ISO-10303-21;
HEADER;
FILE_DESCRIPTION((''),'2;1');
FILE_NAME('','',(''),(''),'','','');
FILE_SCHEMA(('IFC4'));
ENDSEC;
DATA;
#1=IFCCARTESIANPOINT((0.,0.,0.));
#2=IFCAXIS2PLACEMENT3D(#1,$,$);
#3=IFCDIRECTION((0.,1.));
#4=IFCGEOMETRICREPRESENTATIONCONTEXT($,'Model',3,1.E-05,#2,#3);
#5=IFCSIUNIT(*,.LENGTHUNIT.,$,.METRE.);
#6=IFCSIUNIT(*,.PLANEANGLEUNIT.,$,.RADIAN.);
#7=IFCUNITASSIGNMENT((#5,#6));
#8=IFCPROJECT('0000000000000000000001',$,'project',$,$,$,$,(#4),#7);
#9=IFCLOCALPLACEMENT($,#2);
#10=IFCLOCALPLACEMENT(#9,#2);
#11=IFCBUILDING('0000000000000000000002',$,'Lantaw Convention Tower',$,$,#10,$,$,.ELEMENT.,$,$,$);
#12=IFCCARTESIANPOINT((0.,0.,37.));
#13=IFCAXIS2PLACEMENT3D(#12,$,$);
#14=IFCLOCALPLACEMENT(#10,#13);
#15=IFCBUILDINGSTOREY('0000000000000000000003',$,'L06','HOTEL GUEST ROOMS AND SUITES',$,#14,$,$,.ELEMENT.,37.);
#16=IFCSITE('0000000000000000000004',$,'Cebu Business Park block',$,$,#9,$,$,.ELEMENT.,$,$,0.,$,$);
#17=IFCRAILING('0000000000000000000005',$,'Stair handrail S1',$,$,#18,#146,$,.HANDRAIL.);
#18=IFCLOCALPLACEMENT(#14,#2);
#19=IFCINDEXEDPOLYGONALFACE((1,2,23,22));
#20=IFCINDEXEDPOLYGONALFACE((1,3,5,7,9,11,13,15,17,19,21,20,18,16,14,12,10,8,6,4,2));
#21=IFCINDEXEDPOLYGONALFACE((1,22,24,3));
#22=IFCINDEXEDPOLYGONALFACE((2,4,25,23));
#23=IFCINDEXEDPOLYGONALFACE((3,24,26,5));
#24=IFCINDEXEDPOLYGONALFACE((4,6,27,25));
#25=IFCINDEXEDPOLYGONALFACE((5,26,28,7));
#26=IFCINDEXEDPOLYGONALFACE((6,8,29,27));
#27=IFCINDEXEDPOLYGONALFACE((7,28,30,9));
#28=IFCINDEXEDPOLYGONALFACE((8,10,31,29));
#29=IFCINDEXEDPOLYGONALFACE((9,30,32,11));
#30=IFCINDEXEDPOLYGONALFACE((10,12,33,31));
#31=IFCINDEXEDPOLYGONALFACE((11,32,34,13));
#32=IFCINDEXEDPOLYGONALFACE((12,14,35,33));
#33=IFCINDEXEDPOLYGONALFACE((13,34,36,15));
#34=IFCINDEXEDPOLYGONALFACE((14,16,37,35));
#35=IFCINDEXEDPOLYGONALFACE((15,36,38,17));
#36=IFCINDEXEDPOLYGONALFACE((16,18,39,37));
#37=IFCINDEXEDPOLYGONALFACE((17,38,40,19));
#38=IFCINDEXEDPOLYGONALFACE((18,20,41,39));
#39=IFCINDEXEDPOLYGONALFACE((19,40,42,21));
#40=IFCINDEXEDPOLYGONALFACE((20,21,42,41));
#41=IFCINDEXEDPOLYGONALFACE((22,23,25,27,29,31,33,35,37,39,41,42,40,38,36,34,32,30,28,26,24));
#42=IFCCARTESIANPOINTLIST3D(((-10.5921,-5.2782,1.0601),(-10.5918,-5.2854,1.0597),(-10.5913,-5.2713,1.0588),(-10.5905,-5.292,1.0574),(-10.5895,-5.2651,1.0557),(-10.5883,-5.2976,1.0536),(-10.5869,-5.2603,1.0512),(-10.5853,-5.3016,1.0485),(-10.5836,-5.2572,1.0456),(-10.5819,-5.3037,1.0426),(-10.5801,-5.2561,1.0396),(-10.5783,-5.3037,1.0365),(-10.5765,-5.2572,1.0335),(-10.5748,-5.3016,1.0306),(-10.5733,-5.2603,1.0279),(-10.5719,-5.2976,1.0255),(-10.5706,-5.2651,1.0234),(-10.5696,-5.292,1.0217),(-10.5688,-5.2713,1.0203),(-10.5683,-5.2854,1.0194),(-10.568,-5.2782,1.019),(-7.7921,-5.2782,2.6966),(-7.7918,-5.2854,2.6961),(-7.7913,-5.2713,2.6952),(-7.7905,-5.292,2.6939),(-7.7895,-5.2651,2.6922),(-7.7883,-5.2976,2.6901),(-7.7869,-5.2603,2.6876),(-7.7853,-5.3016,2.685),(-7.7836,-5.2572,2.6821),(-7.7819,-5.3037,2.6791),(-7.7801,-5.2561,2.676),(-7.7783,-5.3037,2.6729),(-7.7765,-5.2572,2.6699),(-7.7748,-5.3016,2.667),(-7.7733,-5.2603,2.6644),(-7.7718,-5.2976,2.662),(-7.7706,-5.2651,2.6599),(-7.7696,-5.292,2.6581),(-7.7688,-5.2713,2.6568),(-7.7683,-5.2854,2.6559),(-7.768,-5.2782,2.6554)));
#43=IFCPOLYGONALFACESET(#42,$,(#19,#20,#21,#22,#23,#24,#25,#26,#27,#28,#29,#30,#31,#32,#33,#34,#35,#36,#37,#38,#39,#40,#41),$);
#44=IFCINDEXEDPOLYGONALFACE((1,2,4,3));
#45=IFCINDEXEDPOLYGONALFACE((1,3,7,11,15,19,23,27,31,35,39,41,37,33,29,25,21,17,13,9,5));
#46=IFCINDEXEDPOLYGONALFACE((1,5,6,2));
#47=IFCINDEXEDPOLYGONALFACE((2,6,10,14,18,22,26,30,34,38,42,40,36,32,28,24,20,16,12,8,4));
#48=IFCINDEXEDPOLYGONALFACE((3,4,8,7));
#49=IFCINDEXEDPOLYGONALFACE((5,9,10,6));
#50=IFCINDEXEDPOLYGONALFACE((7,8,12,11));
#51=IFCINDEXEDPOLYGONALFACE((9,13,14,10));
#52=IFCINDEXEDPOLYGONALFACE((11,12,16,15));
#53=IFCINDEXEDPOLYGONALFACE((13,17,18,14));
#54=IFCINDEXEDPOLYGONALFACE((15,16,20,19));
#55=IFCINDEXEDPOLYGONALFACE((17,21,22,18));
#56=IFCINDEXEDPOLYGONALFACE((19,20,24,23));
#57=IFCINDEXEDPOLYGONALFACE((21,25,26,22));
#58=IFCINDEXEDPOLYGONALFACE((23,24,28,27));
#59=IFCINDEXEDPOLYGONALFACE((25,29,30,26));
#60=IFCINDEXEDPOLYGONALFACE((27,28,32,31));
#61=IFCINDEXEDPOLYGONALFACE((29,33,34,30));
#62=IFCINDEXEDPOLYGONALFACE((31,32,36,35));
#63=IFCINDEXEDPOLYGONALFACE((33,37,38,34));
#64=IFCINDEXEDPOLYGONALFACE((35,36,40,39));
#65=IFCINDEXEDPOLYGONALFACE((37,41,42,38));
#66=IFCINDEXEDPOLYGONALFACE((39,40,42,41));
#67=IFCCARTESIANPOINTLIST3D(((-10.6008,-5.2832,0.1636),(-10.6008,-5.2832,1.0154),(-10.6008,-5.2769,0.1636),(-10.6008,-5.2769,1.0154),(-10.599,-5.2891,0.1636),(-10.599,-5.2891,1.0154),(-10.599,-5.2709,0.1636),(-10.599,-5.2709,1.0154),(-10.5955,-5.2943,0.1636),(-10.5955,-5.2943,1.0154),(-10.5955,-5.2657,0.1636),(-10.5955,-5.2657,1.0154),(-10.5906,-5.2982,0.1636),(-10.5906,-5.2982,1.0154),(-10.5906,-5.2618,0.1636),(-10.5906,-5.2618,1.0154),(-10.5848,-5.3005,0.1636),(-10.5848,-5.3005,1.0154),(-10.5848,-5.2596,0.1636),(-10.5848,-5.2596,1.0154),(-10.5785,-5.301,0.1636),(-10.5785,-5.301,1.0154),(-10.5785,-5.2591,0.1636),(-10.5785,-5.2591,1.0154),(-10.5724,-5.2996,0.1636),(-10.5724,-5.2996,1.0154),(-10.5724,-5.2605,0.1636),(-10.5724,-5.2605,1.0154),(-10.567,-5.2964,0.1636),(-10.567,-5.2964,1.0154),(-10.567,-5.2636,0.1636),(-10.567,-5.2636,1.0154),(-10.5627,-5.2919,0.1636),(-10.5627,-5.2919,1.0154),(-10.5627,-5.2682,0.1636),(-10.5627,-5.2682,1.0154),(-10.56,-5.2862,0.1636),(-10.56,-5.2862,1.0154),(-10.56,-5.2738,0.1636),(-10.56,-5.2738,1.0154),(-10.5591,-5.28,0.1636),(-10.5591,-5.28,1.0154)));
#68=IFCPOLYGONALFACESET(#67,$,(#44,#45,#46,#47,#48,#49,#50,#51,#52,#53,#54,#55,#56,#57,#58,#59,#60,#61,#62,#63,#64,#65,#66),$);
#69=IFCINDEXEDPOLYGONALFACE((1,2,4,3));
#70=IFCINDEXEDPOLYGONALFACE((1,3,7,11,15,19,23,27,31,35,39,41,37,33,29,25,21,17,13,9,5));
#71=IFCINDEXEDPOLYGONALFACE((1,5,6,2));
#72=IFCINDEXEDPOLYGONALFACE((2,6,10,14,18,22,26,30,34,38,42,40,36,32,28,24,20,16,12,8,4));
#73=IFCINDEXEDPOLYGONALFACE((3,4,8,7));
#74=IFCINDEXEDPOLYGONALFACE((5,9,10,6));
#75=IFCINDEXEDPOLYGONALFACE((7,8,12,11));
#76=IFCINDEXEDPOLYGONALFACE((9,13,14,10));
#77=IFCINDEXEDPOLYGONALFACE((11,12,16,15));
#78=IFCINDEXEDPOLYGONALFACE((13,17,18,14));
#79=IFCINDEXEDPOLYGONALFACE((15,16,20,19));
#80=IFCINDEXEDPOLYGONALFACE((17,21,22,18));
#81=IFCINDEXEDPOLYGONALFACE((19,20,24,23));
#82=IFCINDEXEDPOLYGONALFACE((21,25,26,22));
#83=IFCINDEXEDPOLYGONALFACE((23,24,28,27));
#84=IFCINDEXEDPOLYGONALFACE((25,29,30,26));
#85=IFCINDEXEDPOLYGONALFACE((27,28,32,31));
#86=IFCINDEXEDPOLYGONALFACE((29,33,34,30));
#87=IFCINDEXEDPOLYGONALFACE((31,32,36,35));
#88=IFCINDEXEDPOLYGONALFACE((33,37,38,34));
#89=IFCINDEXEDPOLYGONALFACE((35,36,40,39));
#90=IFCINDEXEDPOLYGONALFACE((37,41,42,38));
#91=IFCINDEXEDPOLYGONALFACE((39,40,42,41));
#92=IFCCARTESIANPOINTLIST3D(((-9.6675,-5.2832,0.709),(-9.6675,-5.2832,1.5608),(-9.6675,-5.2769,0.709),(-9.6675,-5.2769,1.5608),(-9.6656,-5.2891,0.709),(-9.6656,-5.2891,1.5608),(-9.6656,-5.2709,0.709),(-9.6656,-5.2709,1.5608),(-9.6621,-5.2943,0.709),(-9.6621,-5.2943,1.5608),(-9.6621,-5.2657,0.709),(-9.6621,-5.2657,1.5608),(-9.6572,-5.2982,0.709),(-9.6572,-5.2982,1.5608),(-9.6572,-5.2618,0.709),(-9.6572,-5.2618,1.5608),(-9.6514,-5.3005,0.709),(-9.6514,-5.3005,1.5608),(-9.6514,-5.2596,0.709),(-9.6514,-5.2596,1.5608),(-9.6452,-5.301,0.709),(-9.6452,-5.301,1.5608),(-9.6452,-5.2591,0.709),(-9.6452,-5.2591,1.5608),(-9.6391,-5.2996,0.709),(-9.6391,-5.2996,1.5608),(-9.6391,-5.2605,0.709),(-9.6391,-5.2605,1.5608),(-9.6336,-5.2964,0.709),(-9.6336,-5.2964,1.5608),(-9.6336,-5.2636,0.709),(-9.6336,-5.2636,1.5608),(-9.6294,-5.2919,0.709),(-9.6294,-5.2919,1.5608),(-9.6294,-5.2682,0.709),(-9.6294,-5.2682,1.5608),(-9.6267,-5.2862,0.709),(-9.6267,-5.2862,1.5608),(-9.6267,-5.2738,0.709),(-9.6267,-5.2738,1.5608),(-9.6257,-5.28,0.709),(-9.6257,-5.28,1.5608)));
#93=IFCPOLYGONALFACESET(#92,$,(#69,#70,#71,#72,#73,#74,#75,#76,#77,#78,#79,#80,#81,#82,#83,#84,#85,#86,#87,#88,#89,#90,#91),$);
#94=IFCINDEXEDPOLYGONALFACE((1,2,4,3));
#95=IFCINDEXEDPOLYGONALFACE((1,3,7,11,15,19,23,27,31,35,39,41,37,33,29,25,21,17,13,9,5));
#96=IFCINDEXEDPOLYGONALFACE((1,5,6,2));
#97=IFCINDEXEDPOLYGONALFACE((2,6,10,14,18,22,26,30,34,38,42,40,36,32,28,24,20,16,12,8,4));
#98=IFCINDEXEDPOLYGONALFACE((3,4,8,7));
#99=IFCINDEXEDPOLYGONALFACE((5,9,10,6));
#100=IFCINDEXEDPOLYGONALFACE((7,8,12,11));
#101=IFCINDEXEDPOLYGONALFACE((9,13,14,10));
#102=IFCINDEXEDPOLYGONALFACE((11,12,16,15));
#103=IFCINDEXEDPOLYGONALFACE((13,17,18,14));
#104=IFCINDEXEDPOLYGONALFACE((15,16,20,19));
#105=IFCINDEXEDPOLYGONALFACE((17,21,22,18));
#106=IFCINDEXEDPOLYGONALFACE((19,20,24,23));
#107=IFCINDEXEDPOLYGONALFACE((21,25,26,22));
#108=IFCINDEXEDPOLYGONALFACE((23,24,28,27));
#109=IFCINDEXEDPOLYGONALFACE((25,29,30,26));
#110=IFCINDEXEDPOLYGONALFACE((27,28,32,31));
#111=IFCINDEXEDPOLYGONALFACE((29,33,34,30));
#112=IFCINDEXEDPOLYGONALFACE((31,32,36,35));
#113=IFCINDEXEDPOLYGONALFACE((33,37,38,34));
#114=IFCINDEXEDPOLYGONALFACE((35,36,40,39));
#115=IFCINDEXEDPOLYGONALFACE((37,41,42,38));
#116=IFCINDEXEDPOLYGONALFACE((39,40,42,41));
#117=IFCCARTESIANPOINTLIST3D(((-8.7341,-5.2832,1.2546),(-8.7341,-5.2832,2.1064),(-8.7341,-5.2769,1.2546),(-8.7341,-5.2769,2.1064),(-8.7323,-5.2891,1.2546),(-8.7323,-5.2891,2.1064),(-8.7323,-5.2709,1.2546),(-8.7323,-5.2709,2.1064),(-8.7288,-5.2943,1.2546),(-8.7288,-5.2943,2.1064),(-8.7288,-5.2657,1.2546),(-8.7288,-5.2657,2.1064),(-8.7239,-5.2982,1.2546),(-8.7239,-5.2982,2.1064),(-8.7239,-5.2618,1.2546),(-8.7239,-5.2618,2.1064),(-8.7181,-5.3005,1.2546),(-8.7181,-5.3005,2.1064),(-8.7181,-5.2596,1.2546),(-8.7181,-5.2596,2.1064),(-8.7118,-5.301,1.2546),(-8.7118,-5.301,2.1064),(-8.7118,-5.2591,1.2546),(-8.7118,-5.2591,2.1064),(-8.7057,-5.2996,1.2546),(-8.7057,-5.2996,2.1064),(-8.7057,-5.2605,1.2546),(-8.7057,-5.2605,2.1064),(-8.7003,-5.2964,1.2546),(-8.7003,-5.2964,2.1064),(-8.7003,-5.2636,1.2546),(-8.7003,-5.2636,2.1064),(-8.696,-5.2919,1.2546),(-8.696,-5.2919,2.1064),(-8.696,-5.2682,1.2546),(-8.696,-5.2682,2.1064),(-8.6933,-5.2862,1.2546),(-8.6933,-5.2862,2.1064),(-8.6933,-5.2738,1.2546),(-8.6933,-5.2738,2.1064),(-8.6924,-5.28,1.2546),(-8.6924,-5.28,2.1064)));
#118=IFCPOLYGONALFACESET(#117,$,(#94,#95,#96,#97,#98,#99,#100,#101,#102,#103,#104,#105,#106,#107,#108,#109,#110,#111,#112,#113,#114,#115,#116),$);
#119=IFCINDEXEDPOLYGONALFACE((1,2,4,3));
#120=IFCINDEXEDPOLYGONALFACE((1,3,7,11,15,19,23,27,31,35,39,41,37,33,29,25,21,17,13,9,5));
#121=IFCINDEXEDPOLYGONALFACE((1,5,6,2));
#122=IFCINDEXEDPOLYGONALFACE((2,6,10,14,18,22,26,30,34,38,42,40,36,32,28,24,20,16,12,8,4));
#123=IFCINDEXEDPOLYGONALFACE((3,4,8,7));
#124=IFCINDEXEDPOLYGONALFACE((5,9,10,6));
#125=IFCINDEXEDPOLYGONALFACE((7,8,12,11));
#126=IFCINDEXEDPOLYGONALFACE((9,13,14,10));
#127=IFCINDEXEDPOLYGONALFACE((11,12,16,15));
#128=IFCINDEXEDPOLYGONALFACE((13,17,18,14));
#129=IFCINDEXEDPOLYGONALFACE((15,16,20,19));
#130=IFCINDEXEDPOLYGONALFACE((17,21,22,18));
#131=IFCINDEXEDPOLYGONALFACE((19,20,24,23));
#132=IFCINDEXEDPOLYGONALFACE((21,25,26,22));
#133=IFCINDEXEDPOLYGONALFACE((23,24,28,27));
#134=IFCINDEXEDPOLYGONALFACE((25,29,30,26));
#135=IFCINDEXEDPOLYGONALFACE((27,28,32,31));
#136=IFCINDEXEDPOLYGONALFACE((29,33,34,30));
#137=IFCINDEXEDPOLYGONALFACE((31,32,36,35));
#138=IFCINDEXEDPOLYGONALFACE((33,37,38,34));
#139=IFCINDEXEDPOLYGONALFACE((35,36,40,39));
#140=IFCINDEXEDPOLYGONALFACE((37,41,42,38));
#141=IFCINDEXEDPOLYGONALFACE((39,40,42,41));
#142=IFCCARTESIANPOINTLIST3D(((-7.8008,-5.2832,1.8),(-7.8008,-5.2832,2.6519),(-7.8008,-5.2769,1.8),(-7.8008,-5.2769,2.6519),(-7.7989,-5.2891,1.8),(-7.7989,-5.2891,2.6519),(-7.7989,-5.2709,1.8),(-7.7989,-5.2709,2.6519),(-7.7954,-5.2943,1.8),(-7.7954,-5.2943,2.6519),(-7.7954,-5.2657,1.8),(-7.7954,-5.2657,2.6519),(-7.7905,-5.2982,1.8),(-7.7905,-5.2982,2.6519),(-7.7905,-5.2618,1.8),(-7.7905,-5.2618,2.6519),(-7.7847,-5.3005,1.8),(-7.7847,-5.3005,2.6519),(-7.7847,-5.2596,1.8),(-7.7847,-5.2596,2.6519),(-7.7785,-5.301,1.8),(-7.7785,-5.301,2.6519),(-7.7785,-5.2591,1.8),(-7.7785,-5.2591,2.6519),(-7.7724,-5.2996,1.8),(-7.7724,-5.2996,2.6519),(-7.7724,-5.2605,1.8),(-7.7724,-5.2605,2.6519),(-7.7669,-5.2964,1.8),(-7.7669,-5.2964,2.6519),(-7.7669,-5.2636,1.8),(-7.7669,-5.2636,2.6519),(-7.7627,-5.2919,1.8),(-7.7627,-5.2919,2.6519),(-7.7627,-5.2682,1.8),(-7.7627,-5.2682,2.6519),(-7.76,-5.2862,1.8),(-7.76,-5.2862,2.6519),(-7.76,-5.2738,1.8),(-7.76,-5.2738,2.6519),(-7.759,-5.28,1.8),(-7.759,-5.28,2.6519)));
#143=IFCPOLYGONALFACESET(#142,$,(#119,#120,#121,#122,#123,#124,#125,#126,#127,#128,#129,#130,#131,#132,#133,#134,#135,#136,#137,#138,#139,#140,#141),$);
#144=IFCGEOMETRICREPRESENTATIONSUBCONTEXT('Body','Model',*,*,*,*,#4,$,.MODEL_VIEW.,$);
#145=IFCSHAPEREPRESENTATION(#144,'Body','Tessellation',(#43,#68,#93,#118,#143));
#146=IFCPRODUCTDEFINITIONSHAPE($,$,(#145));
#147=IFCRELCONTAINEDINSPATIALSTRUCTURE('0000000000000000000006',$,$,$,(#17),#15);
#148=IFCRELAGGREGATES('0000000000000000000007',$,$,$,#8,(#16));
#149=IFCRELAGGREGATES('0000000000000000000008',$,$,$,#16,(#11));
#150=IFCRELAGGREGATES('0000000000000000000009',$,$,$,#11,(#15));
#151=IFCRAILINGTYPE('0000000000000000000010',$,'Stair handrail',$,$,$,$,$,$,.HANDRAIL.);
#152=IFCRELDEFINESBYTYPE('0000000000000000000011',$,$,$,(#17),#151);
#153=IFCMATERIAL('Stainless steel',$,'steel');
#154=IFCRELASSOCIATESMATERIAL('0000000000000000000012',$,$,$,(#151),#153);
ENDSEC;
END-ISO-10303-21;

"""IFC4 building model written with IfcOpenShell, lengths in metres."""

from ifc_helpers import new_model, si_unit, direction, frame, origin, origin_2d, place, context, subcontext, project, spatial, circle, extrude, material, type_object, element, save


model = new_model("IFC4")

# Units and contexts
model_context = context("Model", 3, precision=1e-05, world=origin(), true_north=direction((0.0, 1.0)))
body_context = subcontext(model_context, "Body", "Model", "MODEL_VIEW")
ifc_project = project(units=[si_unit("LENGTHUNIT", "METRE"), si_unit("PLANEANGLEUNIT", "RADIAN")], contexts=[model_context])

# Site, building, storey
site_placement = place(None, origin())
site = spatial("IfcSite", under=ifc_project, at=site_placement, Name="Cebu Business Park block", CompositionType="ELEMENT", RefElevation=0.0)
building_placement = place(site_placement, origin())
building = spatial("IfcBuilding", under=site, at=building_placement, Name="Lantaw Convention Tower", CompositionType="ELEMENT")
storey_placement = place(building_placement, frame((0.0, 0.0, 37.0)))
storey = spatial("IfcBuildingStorey", under=building, at=storey_placement, Name="L06", Description="HOTEL GUEST ROOMS AND SUITES", CompositionType="ELEMENT", Elevation=37.0)

# Shared definitions
ifc_material_1 = material(Name="Stainless steel", Category="steel")

# Railing
railing_type = type_object("IfcRailingType", Name="Stair handrail", PredefinedType="HANDRAIL", material=ifc_material_1)
railing_1_placement = place(storey_placement, frame((-10.5801, -5.28, 0.1636)))
element("IfcRailing", 1, at=railing_1_placement, inside=storey, type_object=railing_type, Name="Stair handrail S1", PredefinedType="HANDRAIL", context=body_context, shape_type="SweptSolid", body=[
    extrude(circle(Radius=0.0239, at=origin_2d()), frame((0.0, 0.0, 0.876), z_axis=(0.863361, 0.0, 0.504587), x_axis=(0.0, 1.0, 0.0)), (0.0, 0.0, 1.0), 3.2432),
    extrude(circle(Radius=0.021, at=origin_2d()), origin(), (0.0, 0.0, 1.0), 0.8518),
    extrude(circle(Radius=0.021, at=origin_2d()), frame((0.9333, 0.0, 0.5454)), (0.0, 0.0, 1.0), 0.8518),
    extrude(circle(Radius=0.021, at=origin_2d()), frame((1.8667, 0.0, 1.0911)), (0.0, 0.0, 1.0), 0.8518),
    extrude(circle(Radius=0.021, at=origin_2d()), frame((2.8, 0.0, 1.6365)), (0.0, 0.0, 1.0), 0.8518),
])

save(model, "model.ifc")
